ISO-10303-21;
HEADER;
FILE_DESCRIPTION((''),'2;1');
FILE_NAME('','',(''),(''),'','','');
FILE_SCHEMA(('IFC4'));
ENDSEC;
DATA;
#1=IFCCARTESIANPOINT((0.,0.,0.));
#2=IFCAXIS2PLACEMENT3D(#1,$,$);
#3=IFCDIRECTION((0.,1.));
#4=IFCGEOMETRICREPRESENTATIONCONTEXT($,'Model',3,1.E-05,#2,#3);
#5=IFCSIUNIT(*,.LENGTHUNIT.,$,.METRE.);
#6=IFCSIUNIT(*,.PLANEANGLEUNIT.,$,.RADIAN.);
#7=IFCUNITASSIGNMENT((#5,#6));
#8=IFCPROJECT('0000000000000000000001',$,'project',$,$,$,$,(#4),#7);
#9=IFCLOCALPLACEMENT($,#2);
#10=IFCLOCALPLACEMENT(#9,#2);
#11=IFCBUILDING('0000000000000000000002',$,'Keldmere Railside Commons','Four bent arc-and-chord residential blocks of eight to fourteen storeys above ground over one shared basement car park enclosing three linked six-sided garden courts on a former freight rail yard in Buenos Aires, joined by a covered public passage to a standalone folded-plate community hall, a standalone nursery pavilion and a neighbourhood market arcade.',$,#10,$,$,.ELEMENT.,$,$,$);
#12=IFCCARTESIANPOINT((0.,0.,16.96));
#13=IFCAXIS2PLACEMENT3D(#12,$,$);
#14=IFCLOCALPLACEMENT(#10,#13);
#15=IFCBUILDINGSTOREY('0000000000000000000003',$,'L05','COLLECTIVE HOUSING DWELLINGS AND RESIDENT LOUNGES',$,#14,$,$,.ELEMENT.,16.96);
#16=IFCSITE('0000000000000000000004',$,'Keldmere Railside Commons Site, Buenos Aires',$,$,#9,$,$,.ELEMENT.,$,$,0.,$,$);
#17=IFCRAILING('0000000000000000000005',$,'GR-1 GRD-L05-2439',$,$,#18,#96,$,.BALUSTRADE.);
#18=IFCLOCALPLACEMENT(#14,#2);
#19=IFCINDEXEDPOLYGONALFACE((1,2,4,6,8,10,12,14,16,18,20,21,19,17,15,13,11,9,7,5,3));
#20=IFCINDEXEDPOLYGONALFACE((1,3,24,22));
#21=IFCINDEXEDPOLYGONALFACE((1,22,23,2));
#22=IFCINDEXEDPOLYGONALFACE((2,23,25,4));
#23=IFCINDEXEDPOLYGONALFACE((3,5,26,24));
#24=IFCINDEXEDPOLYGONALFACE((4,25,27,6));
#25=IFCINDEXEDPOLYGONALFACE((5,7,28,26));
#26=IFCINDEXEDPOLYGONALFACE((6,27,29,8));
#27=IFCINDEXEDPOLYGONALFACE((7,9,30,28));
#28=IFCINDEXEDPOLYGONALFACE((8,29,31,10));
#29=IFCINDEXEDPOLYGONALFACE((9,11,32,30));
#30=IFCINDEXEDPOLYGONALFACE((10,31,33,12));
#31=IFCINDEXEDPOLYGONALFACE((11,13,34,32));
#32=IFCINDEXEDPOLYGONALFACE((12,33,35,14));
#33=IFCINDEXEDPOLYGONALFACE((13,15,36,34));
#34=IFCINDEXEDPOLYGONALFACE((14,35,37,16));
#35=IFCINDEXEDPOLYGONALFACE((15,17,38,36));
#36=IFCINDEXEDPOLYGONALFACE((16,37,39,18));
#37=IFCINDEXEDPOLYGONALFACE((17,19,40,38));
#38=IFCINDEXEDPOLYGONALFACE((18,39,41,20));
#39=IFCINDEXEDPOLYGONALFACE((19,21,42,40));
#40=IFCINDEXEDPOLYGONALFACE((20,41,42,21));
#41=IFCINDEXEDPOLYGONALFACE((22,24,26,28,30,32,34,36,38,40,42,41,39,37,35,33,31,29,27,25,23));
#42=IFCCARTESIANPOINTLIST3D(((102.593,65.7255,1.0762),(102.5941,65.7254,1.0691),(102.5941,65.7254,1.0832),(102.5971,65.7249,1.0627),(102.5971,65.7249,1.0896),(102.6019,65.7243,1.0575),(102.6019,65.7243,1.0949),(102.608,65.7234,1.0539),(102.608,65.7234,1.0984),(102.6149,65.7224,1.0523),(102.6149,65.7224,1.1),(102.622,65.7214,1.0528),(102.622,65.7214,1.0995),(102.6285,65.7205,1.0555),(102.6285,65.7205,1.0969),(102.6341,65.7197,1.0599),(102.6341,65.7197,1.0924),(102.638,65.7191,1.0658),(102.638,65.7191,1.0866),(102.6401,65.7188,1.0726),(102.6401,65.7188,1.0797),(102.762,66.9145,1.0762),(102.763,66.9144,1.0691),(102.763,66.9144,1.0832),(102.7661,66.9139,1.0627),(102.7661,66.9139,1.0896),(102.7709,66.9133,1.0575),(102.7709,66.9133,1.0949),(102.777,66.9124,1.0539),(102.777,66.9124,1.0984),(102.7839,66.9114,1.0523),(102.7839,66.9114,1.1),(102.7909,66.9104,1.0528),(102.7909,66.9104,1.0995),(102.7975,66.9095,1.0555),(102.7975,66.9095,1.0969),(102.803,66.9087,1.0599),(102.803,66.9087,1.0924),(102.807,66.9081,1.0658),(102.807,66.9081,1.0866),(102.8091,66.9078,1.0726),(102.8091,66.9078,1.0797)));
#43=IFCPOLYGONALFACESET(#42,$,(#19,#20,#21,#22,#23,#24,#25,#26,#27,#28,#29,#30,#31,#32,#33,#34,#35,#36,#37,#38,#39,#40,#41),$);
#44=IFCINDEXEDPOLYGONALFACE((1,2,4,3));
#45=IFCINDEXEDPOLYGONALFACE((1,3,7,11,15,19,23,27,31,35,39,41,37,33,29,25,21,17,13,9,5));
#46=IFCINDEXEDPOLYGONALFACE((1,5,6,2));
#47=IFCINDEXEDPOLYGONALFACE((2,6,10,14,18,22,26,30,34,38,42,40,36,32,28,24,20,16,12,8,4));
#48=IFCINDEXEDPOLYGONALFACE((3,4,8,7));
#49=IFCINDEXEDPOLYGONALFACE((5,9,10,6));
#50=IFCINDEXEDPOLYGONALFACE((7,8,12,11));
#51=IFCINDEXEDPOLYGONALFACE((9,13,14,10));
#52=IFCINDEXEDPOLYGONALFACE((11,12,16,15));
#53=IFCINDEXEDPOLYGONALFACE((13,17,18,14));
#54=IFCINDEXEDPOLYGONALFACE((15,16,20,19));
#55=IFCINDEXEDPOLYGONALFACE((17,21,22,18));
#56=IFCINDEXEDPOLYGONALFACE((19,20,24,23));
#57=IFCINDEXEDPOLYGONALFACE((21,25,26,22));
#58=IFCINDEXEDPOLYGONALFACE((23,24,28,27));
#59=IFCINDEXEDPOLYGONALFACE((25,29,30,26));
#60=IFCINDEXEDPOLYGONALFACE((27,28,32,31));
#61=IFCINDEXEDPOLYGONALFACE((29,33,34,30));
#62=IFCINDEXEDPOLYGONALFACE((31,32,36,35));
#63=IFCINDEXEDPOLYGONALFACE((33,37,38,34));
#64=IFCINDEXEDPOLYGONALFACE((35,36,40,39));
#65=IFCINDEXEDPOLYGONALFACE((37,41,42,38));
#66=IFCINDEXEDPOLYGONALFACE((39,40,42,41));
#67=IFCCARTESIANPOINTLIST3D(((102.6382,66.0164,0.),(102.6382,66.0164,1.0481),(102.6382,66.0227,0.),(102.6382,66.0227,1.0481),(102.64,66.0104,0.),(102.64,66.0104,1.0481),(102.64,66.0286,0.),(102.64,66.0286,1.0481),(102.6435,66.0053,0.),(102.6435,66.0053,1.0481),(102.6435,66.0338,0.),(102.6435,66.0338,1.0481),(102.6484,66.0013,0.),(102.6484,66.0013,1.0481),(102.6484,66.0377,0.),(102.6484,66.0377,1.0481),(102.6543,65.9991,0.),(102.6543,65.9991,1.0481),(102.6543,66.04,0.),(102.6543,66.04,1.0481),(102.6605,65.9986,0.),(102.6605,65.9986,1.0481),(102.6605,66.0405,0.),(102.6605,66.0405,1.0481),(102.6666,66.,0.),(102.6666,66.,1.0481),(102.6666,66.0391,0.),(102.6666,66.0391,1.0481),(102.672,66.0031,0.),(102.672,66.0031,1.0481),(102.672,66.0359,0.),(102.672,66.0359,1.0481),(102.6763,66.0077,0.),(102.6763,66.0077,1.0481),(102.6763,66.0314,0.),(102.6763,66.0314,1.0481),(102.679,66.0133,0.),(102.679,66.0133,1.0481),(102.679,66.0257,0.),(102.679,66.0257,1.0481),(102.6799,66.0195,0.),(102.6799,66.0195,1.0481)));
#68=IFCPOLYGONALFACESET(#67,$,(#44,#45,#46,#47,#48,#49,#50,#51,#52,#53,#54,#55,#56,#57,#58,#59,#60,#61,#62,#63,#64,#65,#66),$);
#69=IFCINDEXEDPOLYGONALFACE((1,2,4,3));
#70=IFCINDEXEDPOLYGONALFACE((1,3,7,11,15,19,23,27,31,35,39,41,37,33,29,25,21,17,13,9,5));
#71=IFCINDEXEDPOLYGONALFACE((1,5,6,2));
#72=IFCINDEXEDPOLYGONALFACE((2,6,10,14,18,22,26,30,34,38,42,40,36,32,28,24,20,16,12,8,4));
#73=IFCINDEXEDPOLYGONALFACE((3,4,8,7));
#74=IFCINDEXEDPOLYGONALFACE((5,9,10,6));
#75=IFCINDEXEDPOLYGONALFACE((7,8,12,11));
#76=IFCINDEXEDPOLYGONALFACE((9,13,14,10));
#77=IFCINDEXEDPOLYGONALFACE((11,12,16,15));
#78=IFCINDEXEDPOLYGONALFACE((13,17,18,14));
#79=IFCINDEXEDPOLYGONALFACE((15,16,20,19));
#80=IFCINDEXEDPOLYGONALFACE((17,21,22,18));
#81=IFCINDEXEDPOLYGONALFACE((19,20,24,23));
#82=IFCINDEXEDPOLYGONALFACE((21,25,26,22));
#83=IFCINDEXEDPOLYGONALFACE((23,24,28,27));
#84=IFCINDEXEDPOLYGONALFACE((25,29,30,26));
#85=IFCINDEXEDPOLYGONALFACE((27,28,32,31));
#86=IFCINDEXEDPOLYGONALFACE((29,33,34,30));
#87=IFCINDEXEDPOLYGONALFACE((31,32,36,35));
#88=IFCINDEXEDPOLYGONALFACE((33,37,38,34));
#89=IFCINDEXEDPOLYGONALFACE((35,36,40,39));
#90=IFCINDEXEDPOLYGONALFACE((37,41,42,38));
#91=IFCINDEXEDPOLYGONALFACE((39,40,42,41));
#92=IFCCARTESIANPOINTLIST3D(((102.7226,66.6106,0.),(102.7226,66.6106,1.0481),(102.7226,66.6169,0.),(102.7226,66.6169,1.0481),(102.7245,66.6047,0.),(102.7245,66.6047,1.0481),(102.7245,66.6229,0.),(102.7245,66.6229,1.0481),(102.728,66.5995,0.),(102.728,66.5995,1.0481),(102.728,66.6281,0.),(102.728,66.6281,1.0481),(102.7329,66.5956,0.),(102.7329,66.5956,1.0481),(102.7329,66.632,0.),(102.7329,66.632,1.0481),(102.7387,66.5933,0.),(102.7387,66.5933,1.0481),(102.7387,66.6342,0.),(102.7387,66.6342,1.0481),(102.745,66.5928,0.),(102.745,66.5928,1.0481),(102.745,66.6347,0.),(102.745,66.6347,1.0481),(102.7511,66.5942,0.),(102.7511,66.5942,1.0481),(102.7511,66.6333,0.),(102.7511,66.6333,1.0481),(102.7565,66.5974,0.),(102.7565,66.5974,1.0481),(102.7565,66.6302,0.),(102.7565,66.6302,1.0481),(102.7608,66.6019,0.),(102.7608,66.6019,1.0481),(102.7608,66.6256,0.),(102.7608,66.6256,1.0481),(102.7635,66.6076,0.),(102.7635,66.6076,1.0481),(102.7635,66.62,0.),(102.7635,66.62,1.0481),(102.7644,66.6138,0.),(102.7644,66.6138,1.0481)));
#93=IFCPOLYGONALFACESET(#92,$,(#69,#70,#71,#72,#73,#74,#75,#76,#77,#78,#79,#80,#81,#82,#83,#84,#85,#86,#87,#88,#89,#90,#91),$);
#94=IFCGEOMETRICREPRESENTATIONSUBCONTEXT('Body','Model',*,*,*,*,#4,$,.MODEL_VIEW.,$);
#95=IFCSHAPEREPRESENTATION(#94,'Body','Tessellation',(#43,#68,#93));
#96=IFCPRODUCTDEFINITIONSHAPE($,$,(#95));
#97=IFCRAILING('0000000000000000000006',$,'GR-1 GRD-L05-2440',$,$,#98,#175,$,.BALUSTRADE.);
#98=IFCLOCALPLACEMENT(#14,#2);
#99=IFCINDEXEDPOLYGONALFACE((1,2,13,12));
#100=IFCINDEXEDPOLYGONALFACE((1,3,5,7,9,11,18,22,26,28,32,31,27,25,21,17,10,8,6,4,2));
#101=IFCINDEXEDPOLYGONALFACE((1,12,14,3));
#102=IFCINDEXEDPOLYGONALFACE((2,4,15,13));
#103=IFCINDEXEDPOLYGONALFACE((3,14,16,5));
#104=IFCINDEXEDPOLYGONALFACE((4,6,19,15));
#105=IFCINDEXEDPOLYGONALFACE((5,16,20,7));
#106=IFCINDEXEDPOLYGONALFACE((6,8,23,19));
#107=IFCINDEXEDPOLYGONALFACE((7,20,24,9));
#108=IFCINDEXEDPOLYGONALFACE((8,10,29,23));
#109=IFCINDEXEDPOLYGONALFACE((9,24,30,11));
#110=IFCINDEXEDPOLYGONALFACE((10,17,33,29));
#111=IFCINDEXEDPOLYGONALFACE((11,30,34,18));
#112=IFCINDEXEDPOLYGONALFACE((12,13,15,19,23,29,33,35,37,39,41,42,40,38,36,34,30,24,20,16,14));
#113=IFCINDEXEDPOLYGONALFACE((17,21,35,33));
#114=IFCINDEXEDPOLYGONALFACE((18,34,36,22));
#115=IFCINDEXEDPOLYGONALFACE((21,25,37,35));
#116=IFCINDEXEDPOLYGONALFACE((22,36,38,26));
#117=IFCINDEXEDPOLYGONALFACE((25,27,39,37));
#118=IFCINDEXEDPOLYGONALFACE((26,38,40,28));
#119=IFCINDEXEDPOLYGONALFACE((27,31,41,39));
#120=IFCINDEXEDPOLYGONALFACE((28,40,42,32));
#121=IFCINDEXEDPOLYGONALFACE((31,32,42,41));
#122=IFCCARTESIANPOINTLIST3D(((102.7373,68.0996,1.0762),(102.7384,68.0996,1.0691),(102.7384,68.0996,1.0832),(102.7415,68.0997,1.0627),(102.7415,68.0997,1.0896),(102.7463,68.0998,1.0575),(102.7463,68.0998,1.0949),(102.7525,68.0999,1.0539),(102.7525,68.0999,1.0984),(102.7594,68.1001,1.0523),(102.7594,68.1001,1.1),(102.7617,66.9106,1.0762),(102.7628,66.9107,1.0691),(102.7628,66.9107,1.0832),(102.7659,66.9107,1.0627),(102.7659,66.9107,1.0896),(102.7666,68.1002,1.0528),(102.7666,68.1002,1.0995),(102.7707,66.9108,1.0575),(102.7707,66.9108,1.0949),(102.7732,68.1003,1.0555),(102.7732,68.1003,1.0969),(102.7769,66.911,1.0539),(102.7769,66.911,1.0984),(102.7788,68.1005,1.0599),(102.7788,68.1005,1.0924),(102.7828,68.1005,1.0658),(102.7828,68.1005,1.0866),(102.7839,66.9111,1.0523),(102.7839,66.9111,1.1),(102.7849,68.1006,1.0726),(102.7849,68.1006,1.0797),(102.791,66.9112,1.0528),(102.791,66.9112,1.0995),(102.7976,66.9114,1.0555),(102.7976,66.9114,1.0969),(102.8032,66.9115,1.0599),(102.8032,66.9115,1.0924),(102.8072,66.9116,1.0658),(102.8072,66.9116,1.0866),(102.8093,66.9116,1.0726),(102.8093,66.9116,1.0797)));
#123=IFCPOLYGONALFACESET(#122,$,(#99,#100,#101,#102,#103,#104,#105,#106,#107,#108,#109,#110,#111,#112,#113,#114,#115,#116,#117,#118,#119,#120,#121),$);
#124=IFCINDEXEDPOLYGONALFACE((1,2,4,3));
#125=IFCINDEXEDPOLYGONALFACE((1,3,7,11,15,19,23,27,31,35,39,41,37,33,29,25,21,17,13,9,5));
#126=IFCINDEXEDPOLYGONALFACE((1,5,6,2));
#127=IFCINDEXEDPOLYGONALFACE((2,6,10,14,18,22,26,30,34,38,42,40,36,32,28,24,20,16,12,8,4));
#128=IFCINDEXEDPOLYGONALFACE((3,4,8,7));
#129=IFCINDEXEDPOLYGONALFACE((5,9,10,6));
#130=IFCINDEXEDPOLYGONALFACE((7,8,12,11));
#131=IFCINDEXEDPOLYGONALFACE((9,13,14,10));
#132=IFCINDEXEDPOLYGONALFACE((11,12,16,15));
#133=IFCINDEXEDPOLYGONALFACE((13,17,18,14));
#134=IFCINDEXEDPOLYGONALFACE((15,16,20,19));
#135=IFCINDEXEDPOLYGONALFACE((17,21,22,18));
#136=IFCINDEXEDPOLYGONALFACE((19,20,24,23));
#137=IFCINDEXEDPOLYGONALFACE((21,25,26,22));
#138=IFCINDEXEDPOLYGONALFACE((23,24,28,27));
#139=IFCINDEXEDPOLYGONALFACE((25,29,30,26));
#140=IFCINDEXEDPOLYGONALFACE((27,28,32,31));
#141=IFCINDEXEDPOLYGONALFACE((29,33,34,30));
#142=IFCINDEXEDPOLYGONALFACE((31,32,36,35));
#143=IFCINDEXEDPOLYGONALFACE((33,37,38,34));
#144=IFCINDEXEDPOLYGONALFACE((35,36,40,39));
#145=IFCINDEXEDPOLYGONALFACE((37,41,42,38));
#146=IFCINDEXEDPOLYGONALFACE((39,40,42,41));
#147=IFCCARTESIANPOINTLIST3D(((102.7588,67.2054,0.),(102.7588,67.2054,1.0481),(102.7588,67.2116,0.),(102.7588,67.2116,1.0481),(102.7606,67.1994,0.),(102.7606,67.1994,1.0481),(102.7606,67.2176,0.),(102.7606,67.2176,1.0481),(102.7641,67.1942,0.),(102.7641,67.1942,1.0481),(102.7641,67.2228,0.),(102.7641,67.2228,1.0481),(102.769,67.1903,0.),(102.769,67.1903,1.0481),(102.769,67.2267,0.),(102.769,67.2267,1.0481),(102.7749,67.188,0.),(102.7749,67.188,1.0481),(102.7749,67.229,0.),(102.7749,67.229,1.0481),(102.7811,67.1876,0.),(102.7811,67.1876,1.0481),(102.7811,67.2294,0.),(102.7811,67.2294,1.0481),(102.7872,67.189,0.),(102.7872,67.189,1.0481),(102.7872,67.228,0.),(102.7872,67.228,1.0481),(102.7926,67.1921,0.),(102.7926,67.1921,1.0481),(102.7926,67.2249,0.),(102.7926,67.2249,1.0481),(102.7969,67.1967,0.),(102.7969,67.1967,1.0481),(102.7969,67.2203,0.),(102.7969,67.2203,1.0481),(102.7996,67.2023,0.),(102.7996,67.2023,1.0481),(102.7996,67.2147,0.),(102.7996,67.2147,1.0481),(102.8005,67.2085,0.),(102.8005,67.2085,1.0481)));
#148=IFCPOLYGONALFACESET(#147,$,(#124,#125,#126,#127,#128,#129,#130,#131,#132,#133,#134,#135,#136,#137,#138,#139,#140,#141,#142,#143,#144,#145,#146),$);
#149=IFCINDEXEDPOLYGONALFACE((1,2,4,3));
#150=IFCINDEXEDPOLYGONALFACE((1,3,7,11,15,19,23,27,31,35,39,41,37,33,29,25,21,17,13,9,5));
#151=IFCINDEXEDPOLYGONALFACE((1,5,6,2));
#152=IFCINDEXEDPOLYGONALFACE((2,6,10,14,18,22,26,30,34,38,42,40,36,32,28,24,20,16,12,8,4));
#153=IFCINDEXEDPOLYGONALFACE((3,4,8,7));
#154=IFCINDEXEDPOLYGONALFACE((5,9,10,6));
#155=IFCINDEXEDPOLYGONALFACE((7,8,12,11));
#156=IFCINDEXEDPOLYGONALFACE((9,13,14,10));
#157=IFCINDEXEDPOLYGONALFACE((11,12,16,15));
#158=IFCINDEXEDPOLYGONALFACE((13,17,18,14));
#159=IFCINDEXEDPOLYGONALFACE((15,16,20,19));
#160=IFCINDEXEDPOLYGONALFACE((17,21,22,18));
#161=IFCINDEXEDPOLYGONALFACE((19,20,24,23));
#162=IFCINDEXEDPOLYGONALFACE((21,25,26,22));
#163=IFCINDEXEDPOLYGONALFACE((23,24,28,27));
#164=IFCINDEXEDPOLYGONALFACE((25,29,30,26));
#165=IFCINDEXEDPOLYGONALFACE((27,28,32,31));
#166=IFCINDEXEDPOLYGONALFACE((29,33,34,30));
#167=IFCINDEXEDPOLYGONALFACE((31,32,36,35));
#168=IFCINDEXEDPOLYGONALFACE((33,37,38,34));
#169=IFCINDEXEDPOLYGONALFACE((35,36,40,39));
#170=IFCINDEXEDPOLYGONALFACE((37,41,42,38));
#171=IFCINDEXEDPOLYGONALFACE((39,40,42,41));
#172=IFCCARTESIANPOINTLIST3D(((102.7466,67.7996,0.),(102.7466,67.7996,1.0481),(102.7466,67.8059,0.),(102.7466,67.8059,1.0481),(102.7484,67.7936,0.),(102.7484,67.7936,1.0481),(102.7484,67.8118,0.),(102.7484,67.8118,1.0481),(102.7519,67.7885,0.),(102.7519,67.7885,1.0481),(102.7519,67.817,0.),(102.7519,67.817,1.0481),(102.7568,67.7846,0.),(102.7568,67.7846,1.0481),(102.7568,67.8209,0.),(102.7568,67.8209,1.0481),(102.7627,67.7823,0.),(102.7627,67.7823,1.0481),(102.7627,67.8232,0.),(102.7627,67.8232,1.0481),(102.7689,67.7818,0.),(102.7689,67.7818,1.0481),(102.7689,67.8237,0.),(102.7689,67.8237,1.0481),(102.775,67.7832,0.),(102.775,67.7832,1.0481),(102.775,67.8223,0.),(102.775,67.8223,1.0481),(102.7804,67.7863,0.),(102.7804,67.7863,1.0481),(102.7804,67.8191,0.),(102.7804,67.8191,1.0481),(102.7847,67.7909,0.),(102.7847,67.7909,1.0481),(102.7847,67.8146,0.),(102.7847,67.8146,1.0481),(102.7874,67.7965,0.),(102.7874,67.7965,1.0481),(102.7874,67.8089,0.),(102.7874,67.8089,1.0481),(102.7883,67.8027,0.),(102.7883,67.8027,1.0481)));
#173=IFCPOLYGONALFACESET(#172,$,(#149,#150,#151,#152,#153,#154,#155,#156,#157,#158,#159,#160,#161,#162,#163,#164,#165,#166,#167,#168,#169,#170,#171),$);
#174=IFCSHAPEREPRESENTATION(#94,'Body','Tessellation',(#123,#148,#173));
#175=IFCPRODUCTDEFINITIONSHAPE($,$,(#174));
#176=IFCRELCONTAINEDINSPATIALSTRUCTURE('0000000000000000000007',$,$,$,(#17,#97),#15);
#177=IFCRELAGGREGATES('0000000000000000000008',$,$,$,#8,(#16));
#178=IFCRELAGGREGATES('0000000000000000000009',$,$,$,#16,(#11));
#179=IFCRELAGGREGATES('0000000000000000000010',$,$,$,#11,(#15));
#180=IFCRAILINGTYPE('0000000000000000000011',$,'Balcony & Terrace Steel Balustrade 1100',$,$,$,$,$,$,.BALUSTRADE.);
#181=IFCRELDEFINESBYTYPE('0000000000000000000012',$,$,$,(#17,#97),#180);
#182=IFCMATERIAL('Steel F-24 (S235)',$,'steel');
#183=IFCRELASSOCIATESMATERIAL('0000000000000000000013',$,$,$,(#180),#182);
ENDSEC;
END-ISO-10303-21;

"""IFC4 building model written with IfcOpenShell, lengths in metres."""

from ifc_helpers import new_model, si_unit, direction, frame, origin, origin_2d, place, context, subcontext, project, spatial, circle, extrude, material, type_object, element, save


model = new_model("IFC4")

# Units and contexts
model_context = context("Model", 3, precision=1e-05, world=origin(), true_north=direction((0.0, 1.0)))
body_context = subcontext(model_context, "Body", "Model", "MODEL_VIEW")
ifc_project = project(units=[si_unit("LENGTHUNIT", "METRE"), si_unit("PLANEANGLEUNIT", "RADIAN")], contexts=[model_context])

# Site, building, storey
site_placement = place(None, origin())
site = spatial("IfcSite", under=ifc_project, at=site_placement, Name="Keldmere Railside Commons Site, Buenos Aires", CompositionType="ELEMENT", RefElevation=0.0)
building_placement = place(site_placement, origin())
building = spatial("IfcBuilding", under=site, at=building_placement, Name="Keldmere Railside Commons", Description="Four bent arc-and-chord residential blocks of eight to fourteen storeys above ground over one shared basement car park enclosing three linked six-sided garden courts on a former freight rail yard in Buenos Aires, joined by a covered public passage to a standalone folded-plate community hall, a standalone nursery pavilion and a neighbourhood market arcade.", CompositionType="ELEMENT")
storey_placement = place(building_placement, frame((0.0, 0.0, 16.96)))
storey = spatial("IfcBuildingStorey", under=building, at=storey_placement, Name="L05", Description="COLLECTIVE HOUSING DWELLINGS AND RESIDENT LOUNGES", CompositionType="ELEMENT", Elevation=16.96)

# Shared definitions
ifc_material_1 = material(Name="Steel F-24 (S235)", Category="steel")

# Railings
railing_type_1 = type_object("IfcRailingType", Name="Balcony & Terrace Steel Balustrade 1100", PredefinedType="BALUSTRADE", material=ifc_material_1)
railing_1_placement = place(storey_placement, frame((102.6167, 65.7222, 0.0)))
element("IfcRailing", 1, at=railing_1_placement, inside=storey, type_object=railing_type_1, Name="GR-1 GRD-L05-2439", PredefinedType="BALUSTRADE", context=body_context, shape_type="SweptSolid", body=[
    extrude(circle(Radius=0.0239, at=origin_2d()), frame((0.0, 0.0, 1.0762), z_axis=(0.140681, 0.990055, 0.0), x_axis=(-0.990055, 0.140681, 0.0)), (0.0, 0.0, 1.0), 1.2009),
    extrude(circle(Radius=0.021, at=origin_2d()), frame((0.0422, 0.2974, 0.0)), (0.0, 0.0, 1.0), 1.0481),
    extrude(circle(Radius=0.021, at=origin_2d()), frame((0.1267, 0.8916, 0.0)), (0.0, 0.0, 1.0), 1.0481),
])
railing_2_placement = place(storey_placement, frame((102.7856, 66.9111, 0.0)))
element("IfcRailing", 2, at=railing_2_placement, inside=storey, type_object=railing_type_1, Name="GR-1 GRD-L05-2440", PredefinedType="BALUSTRADE", context=body_context, shape_type="SweptSolid", body=[
    extrude(circle(Radius=0.0239, at=origin_2d()), frame((0.0, 0.0, 1.0762), z_axis=(-0.02053, 0.999789, 0.0), x_axis=(-0.999789, -0.02053, 0.0)), (0.0, 0.0, 1.0), 1.1892),
    extrude(circle(Radius=0.021, at=origin_2d()), frame((-0.0061, 0.2974, 0.0)), (0.0, 0.0, 1.0), 1.0481),
    extrude(circle(Radius=0.021, at=origin_2d()), frame((-0.0183, 0.8916, 0.0)), (0.0, 0.0, 1.0), 1.0481),
])

save(model, "model.ifc")
